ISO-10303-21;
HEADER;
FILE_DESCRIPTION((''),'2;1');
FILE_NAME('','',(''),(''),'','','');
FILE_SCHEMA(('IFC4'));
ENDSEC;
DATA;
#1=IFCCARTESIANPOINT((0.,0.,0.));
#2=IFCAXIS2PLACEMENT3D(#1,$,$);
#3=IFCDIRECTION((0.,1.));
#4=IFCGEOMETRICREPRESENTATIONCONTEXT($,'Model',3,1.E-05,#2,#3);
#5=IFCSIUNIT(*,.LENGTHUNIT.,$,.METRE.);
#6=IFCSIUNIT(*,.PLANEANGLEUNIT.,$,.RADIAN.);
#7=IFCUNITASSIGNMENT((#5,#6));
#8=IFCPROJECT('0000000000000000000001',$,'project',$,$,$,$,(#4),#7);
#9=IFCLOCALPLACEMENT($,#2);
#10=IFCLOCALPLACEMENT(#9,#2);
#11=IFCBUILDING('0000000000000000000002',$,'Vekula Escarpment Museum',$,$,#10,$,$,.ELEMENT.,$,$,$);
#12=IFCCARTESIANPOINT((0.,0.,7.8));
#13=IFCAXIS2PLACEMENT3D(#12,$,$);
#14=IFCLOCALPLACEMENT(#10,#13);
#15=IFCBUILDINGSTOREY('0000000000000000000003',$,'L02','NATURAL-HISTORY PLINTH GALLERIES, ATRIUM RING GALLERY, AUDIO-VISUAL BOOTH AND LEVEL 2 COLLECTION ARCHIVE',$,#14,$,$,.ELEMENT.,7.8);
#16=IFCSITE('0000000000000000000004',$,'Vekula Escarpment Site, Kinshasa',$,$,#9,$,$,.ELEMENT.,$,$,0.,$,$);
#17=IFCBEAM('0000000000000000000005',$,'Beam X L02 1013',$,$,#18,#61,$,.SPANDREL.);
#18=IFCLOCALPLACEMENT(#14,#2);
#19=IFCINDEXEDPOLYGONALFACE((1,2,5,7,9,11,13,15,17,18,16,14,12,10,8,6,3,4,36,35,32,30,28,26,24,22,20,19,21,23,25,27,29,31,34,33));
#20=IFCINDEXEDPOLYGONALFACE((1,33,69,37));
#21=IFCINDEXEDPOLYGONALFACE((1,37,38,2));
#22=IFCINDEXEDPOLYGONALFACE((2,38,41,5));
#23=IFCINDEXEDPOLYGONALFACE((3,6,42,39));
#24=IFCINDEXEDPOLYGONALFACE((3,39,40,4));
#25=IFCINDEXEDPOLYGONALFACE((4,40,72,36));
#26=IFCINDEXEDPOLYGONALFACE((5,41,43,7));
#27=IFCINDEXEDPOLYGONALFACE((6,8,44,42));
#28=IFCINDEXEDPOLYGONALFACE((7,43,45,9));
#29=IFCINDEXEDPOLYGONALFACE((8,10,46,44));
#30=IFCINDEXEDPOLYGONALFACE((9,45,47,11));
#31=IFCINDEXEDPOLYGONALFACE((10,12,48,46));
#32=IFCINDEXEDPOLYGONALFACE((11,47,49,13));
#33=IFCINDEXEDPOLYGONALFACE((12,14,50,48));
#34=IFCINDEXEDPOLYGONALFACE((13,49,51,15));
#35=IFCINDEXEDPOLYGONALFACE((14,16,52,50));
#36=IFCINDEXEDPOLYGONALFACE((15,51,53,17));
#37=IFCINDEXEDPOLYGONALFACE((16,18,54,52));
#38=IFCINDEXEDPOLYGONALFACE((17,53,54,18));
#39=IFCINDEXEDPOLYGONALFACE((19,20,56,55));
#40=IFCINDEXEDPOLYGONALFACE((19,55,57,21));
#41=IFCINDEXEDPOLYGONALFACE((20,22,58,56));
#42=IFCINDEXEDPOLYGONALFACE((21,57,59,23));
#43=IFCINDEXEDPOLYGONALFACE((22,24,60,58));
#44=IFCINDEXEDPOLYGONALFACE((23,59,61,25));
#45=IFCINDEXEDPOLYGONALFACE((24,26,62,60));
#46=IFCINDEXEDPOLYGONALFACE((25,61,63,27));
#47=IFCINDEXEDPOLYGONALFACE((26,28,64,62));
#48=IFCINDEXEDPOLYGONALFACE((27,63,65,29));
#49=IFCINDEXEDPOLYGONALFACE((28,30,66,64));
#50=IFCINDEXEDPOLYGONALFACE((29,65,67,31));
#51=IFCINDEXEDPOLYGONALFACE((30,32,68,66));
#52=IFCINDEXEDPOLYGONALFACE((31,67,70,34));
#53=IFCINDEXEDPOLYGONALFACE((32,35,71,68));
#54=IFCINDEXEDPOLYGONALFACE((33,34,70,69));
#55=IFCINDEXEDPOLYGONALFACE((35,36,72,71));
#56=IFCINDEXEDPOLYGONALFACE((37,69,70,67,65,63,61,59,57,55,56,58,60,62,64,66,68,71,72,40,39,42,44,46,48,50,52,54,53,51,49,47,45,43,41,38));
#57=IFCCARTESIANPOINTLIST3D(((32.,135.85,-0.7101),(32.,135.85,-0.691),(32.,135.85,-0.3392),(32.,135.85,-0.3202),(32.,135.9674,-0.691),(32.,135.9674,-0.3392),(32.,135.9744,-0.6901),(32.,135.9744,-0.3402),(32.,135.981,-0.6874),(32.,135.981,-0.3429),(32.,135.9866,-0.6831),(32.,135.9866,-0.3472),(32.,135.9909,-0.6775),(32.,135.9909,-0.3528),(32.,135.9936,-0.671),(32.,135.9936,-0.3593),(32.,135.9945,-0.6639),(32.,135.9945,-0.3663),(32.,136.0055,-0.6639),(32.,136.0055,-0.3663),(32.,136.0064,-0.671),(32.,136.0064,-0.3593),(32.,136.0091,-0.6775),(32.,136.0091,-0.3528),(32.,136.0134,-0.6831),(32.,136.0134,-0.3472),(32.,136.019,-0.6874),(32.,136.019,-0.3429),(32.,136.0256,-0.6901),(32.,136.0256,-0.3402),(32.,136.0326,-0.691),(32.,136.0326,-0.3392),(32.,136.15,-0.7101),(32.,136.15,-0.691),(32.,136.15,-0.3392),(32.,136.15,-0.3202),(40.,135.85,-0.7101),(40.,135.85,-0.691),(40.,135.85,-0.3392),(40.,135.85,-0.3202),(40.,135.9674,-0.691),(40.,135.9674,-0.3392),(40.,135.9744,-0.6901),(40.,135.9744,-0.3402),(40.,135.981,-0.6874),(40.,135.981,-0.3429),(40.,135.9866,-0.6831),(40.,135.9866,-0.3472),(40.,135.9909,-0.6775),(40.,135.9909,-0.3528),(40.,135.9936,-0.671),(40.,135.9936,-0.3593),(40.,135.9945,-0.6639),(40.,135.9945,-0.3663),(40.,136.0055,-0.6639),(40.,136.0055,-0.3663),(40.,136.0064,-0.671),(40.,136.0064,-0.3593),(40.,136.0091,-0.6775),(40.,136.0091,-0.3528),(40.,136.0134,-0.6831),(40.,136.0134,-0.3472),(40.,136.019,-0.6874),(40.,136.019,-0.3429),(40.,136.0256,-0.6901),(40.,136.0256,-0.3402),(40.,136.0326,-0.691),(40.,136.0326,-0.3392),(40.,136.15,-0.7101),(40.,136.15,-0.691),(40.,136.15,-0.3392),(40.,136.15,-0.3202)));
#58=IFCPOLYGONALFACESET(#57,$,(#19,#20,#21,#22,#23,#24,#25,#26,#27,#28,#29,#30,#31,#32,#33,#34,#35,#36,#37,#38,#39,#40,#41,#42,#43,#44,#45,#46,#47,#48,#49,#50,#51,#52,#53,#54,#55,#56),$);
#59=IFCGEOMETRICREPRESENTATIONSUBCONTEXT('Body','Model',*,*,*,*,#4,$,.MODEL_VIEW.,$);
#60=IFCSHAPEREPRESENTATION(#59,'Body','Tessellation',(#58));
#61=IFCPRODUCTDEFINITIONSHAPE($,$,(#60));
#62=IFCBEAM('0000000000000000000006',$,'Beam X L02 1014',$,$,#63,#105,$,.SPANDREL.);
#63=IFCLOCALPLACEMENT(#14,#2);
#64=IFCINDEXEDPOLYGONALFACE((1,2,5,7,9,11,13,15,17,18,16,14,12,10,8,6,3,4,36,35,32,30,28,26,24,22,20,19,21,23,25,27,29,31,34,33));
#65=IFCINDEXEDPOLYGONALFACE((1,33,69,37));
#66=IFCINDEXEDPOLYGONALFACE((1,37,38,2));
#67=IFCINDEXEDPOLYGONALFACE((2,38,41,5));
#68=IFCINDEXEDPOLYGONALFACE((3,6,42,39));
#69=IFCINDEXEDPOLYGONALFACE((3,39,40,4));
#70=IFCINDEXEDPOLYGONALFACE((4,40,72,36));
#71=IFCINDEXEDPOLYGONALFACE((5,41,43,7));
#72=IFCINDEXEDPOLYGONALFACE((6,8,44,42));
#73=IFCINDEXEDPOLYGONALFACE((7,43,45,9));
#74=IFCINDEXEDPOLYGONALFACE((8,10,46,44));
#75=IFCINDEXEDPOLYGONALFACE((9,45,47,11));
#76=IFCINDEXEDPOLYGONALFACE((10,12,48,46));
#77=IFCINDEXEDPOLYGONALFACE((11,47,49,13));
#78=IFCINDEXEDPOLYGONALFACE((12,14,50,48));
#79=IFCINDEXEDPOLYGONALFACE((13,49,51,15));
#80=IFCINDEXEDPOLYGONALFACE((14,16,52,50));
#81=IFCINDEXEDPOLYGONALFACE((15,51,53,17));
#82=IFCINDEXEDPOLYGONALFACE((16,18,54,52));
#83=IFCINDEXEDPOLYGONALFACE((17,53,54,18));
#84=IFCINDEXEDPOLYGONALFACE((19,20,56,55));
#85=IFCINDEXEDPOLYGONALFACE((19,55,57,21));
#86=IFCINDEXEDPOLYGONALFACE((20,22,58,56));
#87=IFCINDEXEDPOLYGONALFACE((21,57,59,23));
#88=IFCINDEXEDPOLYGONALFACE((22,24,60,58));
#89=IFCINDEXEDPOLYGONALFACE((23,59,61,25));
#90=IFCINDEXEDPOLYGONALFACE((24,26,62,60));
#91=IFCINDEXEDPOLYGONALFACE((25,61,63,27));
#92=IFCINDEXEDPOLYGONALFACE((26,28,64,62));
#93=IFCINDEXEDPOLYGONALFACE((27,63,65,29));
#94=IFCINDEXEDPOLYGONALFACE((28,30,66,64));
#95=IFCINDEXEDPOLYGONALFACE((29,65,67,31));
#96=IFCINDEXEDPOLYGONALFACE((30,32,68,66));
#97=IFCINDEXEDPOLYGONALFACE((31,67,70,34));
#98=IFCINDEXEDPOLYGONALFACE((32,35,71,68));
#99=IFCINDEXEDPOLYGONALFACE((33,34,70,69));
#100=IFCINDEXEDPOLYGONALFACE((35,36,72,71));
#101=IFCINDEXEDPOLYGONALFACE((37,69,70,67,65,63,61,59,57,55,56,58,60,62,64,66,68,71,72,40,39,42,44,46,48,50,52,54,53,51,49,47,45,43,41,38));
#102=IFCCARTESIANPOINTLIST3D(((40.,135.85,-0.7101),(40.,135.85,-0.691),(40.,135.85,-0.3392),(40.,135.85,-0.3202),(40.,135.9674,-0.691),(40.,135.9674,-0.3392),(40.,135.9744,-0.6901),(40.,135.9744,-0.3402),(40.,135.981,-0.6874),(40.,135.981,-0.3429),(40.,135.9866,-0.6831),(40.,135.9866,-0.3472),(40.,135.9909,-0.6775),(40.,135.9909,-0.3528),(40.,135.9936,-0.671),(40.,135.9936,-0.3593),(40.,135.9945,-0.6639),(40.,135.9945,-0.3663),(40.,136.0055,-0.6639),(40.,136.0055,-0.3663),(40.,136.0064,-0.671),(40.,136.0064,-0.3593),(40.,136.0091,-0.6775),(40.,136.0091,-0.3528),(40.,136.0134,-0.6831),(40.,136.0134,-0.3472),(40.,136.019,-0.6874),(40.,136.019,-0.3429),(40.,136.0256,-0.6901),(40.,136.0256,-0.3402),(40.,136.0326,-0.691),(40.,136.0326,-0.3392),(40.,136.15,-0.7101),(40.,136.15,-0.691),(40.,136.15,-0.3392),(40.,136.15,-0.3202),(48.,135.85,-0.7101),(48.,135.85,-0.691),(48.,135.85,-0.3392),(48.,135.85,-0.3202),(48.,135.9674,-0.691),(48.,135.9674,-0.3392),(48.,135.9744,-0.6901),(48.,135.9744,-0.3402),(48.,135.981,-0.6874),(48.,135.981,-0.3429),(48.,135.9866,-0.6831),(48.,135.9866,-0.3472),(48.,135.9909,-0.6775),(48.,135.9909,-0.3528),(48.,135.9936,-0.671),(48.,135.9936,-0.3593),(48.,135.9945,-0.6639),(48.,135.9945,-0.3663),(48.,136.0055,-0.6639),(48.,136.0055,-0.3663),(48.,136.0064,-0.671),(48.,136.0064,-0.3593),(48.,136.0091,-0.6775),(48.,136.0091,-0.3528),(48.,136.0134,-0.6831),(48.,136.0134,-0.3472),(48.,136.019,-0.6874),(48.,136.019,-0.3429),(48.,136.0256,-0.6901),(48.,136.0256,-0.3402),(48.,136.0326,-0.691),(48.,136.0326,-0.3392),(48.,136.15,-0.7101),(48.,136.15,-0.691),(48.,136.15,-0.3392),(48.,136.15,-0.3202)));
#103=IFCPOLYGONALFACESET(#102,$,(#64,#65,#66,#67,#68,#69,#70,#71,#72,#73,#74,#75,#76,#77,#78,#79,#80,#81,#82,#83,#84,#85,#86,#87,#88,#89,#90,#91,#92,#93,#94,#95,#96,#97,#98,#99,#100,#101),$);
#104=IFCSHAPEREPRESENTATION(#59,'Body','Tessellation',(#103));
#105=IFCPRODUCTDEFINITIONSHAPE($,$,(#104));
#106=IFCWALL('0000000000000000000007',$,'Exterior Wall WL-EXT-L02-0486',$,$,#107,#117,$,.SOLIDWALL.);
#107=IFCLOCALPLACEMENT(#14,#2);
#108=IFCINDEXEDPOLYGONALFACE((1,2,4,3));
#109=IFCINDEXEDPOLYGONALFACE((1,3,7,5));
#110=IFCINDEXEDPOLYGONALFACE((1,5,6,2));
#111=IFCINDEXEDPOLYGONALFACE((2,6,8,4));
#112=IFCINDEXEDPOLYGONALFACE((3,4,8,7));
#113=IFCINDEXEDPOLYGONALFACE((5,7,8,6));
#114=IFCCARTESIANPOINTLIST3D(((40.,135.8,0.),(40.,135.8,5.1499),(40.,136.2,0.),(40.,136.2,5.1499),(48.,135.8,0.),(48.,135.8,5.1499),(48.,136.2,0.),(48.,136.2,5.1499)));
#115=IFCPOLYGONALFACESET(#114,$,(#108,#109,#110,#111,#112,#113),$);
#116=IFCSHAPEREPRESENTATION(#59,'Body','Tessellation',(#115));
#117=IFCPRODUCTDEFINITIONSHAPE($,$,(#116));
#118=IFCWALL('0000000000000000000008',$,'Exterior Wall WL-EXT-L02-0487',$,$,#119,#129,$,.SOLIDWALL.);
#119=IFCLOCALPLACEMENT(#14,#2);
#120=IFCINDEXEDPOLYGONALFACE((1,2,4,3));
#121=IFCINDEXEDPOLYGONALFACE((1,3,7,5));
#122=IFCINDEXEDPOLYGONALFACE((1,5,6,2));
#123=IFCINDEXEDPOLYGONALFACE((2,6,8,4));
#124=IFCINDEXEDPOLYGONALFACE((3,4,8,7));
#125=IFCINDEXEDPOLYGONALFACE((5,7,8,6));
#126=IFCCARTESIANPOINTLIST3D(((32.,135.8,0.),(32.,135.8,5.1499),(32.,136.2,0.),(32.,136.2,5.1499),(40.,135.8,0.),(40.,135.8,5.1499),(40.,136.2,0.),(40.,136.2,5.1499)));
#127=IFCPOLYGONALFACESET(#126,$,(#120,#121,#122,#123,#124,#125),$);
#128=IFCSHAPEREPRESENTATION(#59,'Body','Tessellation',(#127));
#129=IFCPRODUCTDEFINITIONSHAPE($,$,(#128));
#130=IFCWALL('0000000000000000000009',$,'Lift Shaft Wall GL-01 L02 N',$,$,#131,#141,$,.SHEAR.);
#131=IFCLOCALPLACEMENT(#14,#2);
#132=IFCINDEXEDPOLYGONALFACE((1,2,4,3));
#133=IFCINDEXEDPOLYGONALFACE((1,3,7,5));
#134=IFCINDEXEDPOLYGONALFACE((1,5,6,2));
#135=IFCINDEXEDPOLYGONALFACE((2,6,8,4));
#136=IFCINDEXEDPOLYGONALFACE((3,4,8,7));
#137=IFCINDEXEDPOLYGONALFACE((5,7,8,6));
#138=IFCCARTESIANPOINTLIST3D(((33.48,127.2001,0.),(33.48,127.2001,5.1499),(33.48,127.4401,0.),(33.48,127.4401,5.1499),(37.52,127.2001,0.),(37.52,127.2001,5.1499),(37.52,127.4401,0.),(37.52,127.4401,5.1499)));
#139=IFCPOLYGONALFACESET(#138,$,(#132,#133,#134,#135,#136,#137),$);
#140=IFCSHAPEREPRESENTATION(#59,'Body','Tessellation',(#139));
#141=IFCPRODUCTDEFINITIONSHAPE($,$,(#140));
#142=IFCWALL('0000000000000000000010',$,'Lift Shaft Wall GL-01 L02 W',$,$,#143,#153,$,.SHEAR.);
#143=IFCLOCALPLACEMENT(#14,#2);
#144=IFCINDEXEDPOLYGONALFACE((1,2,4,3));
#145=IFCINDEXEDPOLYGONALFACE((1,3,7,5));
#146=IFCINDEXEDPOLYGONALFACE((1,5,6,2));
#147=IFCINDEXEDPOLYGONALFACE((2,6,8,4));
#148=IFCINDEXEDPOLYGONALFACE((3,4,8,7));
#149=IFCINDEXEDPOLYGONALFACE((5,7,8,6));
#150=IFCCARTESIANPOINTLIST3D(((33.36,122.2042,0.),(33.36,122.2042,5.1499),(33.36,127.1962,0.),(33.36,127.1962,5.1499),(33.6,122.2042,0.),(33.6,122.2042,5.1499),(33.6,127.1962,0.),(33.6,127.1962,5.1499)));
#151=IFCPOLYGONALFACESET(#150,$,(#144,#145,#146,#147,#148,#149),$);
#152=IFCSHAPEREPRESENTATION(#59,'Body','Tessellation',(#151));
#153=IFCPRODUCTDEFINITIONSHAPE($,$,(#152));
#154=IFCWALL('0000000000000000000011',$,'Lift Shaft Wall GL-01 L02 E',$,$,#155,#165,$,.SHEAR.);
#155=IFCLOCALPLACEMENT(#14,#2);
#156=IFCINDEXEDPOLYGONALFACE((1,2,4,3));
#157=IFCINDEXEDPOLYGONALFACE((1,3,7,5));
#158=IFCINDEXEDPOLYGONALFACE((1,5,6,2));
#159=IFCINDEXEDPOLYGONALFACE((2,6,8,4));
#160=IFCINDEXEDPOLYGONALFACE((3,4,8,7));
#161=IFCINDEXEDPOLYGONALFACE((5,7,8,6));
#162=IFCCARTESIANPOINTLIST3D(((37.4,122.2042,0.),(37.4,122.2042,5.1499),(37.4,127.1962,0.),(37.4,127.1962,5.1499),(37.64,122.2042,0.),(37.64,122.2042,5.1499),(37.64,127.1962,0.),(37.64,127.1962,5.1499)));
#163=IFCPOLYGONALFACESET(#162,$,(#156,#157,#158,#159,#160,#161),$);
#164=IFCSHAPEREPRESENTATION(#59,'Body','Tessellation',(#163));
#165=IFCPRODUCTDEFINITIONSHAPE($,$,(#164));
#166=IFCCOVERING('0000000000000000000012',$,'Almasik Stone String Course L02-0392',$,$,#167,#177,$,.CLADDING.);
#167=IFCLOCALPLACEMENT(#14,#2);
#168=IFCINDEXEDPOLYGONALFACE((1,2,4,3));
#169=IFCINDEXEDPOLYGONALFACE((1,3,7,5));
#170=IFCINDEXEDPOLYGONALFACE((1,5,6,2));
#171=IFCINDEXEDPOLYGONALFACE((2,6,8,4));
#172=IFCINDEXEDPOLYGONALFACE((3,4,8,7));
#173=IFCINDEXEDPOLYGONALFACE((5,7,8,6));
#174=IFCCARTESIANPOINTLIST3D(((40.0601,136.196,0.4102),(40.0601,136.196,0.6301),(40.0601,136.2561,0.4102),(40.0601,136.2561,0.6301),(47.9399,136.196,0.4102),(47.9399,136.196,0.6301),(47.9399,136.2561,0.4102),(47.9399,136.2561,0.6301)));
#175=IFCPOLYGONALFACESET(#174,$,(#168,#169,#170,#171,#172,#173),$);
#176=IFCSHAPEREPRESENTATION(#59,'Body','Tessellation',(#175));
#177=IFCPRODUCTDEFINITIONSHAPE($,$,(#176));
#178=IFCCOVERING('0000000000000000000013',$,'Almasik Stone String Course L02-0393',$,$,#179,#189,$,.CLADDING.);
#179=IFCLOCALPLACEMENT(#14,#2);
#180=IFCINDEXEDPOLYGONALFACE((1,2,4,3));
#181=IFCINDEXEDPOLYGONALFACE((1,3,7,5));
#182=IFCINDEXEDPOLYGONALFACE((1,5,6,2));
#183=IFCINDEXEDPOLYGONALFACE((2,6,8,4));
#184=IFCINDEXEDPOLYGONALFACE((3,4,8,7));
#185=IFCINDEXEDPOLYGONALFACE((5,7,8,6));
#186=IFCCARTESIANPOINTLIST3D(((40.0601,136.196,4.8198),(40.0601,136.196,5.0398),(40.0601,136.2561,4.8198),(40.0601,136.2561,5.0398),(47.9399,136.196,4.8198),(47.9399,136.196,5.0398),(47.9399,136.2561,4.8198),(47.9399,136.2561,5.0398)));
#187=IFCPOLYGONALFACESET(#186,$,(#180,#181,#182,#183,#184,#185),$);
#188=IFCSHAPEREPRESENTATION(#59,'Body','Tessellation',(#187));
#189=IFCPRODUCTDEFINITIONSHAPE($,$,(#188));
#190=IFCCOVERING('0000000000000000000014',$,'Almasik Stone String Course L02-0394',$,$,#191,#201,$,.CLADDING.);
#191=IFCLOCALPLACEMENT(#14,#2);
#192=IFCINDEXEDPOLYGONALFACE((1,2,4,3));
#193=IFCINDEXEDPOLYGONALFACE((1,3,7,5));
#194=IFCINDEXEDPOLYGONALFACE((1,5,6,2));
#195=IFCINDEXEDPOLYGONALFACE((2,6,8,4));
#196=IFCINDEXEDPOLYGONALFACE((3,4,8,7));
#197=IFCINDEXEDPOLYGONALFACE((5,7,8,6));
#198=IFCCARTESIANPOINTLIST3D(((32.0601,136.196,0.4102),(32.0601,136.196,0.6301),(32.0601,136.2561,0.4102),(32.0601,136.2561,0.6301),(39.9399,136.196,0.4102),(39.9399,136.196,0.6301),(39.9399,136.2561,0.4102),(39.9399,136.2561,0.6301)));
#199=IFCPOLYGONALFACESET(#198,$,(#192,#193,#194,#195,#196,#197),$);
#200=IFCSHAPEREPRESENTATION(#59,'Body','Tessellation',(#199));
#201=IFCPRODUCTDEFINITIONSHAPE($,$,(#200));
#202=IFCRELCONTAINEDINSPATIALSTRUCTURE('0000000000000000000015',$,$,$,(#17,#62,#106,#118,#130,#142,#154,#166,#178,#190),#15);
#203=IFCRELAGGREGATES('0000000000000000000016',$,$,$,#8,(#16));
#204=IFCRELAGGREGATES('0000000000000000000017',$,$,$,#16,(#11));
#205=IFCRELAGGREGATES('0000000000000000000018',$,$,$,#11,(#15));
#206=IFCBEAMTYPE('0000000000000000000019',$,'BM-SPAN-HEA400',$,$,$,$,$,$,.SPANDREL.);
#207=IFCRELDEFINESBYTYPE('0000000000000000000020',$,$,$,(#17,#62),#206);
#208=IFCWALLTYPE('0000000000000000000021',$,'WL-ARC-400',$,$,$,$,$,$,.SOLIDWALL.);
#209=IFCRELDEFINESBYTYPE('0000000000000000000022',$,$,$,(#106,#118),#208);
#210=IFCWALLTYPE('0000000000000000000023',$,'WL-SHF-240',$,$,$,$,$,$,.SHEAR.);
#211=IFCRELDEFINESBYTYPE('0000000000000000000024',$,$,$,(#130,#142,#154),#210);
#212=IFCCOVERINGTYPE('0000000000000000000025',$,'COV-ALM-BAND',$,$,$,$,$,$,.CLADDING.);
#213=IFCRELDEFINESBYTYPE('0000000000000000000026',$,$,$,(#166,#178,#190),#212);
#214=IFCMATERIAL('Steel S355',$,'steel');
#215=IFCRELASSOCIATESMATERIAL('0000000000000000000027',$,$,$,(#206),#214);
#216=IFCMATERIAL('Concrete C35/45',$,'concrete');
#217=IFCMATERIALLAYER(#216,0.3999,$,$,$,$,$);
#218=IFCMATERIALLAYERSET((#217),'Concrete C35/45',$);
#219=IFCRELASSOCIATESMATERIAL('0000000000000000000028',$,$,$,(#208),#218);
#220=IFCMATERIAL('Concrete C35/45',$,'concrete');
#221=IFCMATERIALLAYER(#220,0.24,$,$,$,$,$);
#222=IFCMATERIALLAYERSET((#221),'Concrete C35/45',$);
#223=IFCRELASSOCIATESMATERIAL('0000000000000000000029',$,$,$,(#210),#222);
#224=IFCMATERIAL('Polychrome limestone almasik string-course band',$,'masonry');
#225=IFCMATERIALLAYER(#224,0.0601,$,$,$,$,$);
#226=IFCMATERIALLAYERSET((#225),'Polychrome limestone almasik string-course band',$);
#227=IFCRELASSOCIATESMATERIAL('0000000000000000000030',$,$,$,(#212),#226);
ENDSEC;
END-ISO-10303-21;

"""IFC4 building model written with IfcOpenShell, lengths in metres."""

from ifc_helpers import new_model, si_unit, direction, frame, frame_2d, origin, origin_2d, place, context, subcontext, project, spatial, rectangle, i_section, extrude, material, layer, layer_set, material_profile, profile_set, type_object, element, save


model = new_model("IFC4")

# Units and contexts
model_context = context("Model", 3, precision=1e-05, world=origin(), true_north=direction((0.0, 1.0)))
body_context = subcontext(model_context, "Body", "Model", "MODEL_VIEW")
ifc_project = project(units=[si_unit("LENGTHUNIT", "METRE"), si_unit("PLANEANGLEUNIT", "RADIAN")], contexts=[model_context])

# Site, building, storey
site_placement = place(None, origin())
site = spatial("IfcSite", under=ifc_project, at=site_placement, Name="Vekula Escarpment Site, Kinshasa", CompositionType="ELEMENT", RefElevation=0.0)
building_placement = place(site_placement, origin())
building = spatial("IfcBuilding", under=site, at=building_placement, Name="Vekula Escarpment Museum", CompositionType="ELEMENT")
storey_placement = place(building_placement, frame((0.0, 0.0, 7.8)))
storey = spatial("IfcBuildingStorey", under=building, at=storey_placement, Name="L02", Description="NATURAL-HISTORY PLINTH GALLERIES, ATRIUM RING GALLERY, AUDIO-VISUAL BOOTH AND LEVEL 2 COLLECTION ARCHIVE", CompositionType="ELEMENT", Elevation=7.8)

# Beams
ifc_material_1 = material(Name="Steel S355", Category="steel")
ifc_material_profile_1 = material_profile(ifc_material_1, i_section(OverallWidth=0.3, OverallDepth=0.3899, WebThickness=0.011, FlangeThickness=0.019, FilletRadius=0.0271, at=origin_2d()), Name="HEA 400")
ifc_profile_set_1 = profile_set([ifc_material_profile_1], Name="Steel S355")
beam_type_1 = type_object("IfcBeamType", Name="BM-SPAN-HEA400", PredefinedType="SPANDREL", material=ifc_profile_set_1)
for number, where, z_axis, x_axis, name in (
    (1, (32.0, 136.0, -0.5151), (1.0, 0.0, 0.0), (0.0, 1.0, 0.0), "Beam X L02 1013"),
    (2, (40.0, 136.0, -0.5151), (1.0, 0.0, 0.0), (0.0, 1.0, 0.0), "Beam X L02 1014"),
):
    element("IfcBeam", number, at=place(storey_placement, frame(where, z_axis=z_axis, x_axis=x_axis)), inside=storey, type_object=beam_type_1, Name=name, PredefinedType="SPANDREL", context=body_context, shape_type="SweptSolid", body=[
        extrude(i_section(OverallWidth=0.3, OverallDepth=0.3899, WebThickness=0.011, FlangeThickness=0.019, FilletRadius=0.0271, at=origin_2d()), origin(), (0.0, 0.0, 1.0), 8.0),
    ])

# Walls
ifc_material_2 = material(Name="Concrete C35/45", Category="concrete")
ifc_layer_1 = layer(ifc_material_2, 0.3999)
ifc_layer_set_1 = layer_set([ifc_layer_1], Name="Concrete C35/45")
wall_type_1 = type_object("IfcWallType", Name="WL-ARC-400", PredefinedType="SOLIDWALL", material=ifc_layer_set_1)
for number, where, z_axis, x_axis, name in (
    (3, (40.0, 136.0, 0.0), (0.0, 0.0, 1.0), (1.0, 0.0, 0.0), "Exterior Wall WL-EXT-L02-0486"),
    (4, (32.0, 136.0, 0.0), (0.0, 0.0, 1.0), (1.0, 0.0, 0.0), "Exterior Wall WL-EXT-L02-0487"),
):
    element("IfcWall", number, at=place(storey_placement, frame(where, z_axis=z_axis, x_axis=x_axis)), inside=storey, type_object=wall_type_1, Name=name, PredefinedType="SOLIDWALL", context=body_context, shape_type="SweptSolid", body=[
        extrude(rectangle(XDim=8.0, YDim=0.3999, at=frame_2d((4.0, 0.0))), origin(), (0.0, 0.0, 1.0), 5.1499),
    ])
ifc_material_3 = material(Name="Concrete C35/45", Category="concrete")
ifc_layer_2 = layer(ifc_material_3, 0.24)
ifc_layer_set_2 = layer_set([ifc_layer_2], Name="Concrete C35/45")
wall_type_2 = type_object("IfcWallType", Name="WL-SHF-240", PredefinedType="SHEAR", material=ifc_layer_set_2)
wall_placement = place(storey_placement, frame((33.48, 127.3201, 0.0), z_axis=(0.0, 0.0, 1.0), x_axis=(1.0, 0.0, 0.0)))
element("IfcWall", 5, at=wall_placement, inside=storey, type_object=wall_type_2, Name="Lift Shaft Wall GL-01 L02 N", PredefinedType="SHEAR", context=body_context, shape_type="SweptSolid", body=[
    extrude(rectangle(XDim=4.04, YDim=0.24, at=frame_2d((2.02, 0.0))), origin(), (0.0, 0.0, 1.0), 5.1499),
])
for number, where, z_axis, x_axis, name in (
    (6, (33.48, 122.2041, 0.0), (0.0, 0.0, 1.0), (0.0, 1.0, 0.0), "Lift Shaft Wall GL-01 L02 W"),
    (7, (37.52, 122.2041, 0.0), (0.0, 0.0, 1.0), (0.0, 1.0, 0.0), "Lift Shaft Wall GL-01 L02 E"),
):
    element("IfcWall", number, at=place(storey_placement, frame(where, z_axis=z_axis, x_axis=x_axis)), inside=storey, type_object=wall_type_2, Name=name, PredefinedType="SHEAR", context=body_context, shape_type="SweptSolid", body=[
        extrude(rectangle(XDim=4.9919, YDim=0.24, at=frame_2d((2.4961, 0.0))), origin(), (0.0, 0.0, 1.0), 5.1499),
    ])

# Coverings
ifc_material_4 = material(Name="Polychrome limestone almasik string-course band", Category="masonry")
ifc_layer_3 = layer(ifc_material_4, 0.0601)
ifc_layer_set_3 = layer_set([ifc_layer_3], Name="Polychrome limestone almasik string-course band")
covering_type = type_object("IfcCoveringType", Name="COV-ALM-BAND", PredefinedType="CLADDING", material=ifc_layer_set_3)
for number, where, z_axis, x_axis, name in (
    (8, (44.0, 136.2261, 0.4102), (0.0, 0.0, 1.0), (1.0, 0.0, 0.0), "Almasik Stone String Course L02-0392"),
    (9, (44.0, 136.2261, 4.8198), (0.0, 0.0, 1.0), (1.0, 0.0, 0.0), "Almasik Stone String Course L02-0393"),
    (10, (36.0, 136.2261, 0.4102), (0.0, 0.0, 1.0), (1.0, 0.0, 0.0), "Almasik Stone String Course L02-0394"),
):
    element("IfcCovering", number, at=place(storey_placement, frame(where, z_axis=z_axis, x_axis=x_axis)), inside=storey, type_object=covering_type, Name=name, PredefinedType="CLADDING", context=body_context, shape_type="SweptSolid", body=[
        extrude(rectangle(XDim=7.8799, YDim=0.0601, at=origin_2d()), origin(), (0.0, 0.0, 1.0), 0.22),
    ])

save(model, "model.ifc")
